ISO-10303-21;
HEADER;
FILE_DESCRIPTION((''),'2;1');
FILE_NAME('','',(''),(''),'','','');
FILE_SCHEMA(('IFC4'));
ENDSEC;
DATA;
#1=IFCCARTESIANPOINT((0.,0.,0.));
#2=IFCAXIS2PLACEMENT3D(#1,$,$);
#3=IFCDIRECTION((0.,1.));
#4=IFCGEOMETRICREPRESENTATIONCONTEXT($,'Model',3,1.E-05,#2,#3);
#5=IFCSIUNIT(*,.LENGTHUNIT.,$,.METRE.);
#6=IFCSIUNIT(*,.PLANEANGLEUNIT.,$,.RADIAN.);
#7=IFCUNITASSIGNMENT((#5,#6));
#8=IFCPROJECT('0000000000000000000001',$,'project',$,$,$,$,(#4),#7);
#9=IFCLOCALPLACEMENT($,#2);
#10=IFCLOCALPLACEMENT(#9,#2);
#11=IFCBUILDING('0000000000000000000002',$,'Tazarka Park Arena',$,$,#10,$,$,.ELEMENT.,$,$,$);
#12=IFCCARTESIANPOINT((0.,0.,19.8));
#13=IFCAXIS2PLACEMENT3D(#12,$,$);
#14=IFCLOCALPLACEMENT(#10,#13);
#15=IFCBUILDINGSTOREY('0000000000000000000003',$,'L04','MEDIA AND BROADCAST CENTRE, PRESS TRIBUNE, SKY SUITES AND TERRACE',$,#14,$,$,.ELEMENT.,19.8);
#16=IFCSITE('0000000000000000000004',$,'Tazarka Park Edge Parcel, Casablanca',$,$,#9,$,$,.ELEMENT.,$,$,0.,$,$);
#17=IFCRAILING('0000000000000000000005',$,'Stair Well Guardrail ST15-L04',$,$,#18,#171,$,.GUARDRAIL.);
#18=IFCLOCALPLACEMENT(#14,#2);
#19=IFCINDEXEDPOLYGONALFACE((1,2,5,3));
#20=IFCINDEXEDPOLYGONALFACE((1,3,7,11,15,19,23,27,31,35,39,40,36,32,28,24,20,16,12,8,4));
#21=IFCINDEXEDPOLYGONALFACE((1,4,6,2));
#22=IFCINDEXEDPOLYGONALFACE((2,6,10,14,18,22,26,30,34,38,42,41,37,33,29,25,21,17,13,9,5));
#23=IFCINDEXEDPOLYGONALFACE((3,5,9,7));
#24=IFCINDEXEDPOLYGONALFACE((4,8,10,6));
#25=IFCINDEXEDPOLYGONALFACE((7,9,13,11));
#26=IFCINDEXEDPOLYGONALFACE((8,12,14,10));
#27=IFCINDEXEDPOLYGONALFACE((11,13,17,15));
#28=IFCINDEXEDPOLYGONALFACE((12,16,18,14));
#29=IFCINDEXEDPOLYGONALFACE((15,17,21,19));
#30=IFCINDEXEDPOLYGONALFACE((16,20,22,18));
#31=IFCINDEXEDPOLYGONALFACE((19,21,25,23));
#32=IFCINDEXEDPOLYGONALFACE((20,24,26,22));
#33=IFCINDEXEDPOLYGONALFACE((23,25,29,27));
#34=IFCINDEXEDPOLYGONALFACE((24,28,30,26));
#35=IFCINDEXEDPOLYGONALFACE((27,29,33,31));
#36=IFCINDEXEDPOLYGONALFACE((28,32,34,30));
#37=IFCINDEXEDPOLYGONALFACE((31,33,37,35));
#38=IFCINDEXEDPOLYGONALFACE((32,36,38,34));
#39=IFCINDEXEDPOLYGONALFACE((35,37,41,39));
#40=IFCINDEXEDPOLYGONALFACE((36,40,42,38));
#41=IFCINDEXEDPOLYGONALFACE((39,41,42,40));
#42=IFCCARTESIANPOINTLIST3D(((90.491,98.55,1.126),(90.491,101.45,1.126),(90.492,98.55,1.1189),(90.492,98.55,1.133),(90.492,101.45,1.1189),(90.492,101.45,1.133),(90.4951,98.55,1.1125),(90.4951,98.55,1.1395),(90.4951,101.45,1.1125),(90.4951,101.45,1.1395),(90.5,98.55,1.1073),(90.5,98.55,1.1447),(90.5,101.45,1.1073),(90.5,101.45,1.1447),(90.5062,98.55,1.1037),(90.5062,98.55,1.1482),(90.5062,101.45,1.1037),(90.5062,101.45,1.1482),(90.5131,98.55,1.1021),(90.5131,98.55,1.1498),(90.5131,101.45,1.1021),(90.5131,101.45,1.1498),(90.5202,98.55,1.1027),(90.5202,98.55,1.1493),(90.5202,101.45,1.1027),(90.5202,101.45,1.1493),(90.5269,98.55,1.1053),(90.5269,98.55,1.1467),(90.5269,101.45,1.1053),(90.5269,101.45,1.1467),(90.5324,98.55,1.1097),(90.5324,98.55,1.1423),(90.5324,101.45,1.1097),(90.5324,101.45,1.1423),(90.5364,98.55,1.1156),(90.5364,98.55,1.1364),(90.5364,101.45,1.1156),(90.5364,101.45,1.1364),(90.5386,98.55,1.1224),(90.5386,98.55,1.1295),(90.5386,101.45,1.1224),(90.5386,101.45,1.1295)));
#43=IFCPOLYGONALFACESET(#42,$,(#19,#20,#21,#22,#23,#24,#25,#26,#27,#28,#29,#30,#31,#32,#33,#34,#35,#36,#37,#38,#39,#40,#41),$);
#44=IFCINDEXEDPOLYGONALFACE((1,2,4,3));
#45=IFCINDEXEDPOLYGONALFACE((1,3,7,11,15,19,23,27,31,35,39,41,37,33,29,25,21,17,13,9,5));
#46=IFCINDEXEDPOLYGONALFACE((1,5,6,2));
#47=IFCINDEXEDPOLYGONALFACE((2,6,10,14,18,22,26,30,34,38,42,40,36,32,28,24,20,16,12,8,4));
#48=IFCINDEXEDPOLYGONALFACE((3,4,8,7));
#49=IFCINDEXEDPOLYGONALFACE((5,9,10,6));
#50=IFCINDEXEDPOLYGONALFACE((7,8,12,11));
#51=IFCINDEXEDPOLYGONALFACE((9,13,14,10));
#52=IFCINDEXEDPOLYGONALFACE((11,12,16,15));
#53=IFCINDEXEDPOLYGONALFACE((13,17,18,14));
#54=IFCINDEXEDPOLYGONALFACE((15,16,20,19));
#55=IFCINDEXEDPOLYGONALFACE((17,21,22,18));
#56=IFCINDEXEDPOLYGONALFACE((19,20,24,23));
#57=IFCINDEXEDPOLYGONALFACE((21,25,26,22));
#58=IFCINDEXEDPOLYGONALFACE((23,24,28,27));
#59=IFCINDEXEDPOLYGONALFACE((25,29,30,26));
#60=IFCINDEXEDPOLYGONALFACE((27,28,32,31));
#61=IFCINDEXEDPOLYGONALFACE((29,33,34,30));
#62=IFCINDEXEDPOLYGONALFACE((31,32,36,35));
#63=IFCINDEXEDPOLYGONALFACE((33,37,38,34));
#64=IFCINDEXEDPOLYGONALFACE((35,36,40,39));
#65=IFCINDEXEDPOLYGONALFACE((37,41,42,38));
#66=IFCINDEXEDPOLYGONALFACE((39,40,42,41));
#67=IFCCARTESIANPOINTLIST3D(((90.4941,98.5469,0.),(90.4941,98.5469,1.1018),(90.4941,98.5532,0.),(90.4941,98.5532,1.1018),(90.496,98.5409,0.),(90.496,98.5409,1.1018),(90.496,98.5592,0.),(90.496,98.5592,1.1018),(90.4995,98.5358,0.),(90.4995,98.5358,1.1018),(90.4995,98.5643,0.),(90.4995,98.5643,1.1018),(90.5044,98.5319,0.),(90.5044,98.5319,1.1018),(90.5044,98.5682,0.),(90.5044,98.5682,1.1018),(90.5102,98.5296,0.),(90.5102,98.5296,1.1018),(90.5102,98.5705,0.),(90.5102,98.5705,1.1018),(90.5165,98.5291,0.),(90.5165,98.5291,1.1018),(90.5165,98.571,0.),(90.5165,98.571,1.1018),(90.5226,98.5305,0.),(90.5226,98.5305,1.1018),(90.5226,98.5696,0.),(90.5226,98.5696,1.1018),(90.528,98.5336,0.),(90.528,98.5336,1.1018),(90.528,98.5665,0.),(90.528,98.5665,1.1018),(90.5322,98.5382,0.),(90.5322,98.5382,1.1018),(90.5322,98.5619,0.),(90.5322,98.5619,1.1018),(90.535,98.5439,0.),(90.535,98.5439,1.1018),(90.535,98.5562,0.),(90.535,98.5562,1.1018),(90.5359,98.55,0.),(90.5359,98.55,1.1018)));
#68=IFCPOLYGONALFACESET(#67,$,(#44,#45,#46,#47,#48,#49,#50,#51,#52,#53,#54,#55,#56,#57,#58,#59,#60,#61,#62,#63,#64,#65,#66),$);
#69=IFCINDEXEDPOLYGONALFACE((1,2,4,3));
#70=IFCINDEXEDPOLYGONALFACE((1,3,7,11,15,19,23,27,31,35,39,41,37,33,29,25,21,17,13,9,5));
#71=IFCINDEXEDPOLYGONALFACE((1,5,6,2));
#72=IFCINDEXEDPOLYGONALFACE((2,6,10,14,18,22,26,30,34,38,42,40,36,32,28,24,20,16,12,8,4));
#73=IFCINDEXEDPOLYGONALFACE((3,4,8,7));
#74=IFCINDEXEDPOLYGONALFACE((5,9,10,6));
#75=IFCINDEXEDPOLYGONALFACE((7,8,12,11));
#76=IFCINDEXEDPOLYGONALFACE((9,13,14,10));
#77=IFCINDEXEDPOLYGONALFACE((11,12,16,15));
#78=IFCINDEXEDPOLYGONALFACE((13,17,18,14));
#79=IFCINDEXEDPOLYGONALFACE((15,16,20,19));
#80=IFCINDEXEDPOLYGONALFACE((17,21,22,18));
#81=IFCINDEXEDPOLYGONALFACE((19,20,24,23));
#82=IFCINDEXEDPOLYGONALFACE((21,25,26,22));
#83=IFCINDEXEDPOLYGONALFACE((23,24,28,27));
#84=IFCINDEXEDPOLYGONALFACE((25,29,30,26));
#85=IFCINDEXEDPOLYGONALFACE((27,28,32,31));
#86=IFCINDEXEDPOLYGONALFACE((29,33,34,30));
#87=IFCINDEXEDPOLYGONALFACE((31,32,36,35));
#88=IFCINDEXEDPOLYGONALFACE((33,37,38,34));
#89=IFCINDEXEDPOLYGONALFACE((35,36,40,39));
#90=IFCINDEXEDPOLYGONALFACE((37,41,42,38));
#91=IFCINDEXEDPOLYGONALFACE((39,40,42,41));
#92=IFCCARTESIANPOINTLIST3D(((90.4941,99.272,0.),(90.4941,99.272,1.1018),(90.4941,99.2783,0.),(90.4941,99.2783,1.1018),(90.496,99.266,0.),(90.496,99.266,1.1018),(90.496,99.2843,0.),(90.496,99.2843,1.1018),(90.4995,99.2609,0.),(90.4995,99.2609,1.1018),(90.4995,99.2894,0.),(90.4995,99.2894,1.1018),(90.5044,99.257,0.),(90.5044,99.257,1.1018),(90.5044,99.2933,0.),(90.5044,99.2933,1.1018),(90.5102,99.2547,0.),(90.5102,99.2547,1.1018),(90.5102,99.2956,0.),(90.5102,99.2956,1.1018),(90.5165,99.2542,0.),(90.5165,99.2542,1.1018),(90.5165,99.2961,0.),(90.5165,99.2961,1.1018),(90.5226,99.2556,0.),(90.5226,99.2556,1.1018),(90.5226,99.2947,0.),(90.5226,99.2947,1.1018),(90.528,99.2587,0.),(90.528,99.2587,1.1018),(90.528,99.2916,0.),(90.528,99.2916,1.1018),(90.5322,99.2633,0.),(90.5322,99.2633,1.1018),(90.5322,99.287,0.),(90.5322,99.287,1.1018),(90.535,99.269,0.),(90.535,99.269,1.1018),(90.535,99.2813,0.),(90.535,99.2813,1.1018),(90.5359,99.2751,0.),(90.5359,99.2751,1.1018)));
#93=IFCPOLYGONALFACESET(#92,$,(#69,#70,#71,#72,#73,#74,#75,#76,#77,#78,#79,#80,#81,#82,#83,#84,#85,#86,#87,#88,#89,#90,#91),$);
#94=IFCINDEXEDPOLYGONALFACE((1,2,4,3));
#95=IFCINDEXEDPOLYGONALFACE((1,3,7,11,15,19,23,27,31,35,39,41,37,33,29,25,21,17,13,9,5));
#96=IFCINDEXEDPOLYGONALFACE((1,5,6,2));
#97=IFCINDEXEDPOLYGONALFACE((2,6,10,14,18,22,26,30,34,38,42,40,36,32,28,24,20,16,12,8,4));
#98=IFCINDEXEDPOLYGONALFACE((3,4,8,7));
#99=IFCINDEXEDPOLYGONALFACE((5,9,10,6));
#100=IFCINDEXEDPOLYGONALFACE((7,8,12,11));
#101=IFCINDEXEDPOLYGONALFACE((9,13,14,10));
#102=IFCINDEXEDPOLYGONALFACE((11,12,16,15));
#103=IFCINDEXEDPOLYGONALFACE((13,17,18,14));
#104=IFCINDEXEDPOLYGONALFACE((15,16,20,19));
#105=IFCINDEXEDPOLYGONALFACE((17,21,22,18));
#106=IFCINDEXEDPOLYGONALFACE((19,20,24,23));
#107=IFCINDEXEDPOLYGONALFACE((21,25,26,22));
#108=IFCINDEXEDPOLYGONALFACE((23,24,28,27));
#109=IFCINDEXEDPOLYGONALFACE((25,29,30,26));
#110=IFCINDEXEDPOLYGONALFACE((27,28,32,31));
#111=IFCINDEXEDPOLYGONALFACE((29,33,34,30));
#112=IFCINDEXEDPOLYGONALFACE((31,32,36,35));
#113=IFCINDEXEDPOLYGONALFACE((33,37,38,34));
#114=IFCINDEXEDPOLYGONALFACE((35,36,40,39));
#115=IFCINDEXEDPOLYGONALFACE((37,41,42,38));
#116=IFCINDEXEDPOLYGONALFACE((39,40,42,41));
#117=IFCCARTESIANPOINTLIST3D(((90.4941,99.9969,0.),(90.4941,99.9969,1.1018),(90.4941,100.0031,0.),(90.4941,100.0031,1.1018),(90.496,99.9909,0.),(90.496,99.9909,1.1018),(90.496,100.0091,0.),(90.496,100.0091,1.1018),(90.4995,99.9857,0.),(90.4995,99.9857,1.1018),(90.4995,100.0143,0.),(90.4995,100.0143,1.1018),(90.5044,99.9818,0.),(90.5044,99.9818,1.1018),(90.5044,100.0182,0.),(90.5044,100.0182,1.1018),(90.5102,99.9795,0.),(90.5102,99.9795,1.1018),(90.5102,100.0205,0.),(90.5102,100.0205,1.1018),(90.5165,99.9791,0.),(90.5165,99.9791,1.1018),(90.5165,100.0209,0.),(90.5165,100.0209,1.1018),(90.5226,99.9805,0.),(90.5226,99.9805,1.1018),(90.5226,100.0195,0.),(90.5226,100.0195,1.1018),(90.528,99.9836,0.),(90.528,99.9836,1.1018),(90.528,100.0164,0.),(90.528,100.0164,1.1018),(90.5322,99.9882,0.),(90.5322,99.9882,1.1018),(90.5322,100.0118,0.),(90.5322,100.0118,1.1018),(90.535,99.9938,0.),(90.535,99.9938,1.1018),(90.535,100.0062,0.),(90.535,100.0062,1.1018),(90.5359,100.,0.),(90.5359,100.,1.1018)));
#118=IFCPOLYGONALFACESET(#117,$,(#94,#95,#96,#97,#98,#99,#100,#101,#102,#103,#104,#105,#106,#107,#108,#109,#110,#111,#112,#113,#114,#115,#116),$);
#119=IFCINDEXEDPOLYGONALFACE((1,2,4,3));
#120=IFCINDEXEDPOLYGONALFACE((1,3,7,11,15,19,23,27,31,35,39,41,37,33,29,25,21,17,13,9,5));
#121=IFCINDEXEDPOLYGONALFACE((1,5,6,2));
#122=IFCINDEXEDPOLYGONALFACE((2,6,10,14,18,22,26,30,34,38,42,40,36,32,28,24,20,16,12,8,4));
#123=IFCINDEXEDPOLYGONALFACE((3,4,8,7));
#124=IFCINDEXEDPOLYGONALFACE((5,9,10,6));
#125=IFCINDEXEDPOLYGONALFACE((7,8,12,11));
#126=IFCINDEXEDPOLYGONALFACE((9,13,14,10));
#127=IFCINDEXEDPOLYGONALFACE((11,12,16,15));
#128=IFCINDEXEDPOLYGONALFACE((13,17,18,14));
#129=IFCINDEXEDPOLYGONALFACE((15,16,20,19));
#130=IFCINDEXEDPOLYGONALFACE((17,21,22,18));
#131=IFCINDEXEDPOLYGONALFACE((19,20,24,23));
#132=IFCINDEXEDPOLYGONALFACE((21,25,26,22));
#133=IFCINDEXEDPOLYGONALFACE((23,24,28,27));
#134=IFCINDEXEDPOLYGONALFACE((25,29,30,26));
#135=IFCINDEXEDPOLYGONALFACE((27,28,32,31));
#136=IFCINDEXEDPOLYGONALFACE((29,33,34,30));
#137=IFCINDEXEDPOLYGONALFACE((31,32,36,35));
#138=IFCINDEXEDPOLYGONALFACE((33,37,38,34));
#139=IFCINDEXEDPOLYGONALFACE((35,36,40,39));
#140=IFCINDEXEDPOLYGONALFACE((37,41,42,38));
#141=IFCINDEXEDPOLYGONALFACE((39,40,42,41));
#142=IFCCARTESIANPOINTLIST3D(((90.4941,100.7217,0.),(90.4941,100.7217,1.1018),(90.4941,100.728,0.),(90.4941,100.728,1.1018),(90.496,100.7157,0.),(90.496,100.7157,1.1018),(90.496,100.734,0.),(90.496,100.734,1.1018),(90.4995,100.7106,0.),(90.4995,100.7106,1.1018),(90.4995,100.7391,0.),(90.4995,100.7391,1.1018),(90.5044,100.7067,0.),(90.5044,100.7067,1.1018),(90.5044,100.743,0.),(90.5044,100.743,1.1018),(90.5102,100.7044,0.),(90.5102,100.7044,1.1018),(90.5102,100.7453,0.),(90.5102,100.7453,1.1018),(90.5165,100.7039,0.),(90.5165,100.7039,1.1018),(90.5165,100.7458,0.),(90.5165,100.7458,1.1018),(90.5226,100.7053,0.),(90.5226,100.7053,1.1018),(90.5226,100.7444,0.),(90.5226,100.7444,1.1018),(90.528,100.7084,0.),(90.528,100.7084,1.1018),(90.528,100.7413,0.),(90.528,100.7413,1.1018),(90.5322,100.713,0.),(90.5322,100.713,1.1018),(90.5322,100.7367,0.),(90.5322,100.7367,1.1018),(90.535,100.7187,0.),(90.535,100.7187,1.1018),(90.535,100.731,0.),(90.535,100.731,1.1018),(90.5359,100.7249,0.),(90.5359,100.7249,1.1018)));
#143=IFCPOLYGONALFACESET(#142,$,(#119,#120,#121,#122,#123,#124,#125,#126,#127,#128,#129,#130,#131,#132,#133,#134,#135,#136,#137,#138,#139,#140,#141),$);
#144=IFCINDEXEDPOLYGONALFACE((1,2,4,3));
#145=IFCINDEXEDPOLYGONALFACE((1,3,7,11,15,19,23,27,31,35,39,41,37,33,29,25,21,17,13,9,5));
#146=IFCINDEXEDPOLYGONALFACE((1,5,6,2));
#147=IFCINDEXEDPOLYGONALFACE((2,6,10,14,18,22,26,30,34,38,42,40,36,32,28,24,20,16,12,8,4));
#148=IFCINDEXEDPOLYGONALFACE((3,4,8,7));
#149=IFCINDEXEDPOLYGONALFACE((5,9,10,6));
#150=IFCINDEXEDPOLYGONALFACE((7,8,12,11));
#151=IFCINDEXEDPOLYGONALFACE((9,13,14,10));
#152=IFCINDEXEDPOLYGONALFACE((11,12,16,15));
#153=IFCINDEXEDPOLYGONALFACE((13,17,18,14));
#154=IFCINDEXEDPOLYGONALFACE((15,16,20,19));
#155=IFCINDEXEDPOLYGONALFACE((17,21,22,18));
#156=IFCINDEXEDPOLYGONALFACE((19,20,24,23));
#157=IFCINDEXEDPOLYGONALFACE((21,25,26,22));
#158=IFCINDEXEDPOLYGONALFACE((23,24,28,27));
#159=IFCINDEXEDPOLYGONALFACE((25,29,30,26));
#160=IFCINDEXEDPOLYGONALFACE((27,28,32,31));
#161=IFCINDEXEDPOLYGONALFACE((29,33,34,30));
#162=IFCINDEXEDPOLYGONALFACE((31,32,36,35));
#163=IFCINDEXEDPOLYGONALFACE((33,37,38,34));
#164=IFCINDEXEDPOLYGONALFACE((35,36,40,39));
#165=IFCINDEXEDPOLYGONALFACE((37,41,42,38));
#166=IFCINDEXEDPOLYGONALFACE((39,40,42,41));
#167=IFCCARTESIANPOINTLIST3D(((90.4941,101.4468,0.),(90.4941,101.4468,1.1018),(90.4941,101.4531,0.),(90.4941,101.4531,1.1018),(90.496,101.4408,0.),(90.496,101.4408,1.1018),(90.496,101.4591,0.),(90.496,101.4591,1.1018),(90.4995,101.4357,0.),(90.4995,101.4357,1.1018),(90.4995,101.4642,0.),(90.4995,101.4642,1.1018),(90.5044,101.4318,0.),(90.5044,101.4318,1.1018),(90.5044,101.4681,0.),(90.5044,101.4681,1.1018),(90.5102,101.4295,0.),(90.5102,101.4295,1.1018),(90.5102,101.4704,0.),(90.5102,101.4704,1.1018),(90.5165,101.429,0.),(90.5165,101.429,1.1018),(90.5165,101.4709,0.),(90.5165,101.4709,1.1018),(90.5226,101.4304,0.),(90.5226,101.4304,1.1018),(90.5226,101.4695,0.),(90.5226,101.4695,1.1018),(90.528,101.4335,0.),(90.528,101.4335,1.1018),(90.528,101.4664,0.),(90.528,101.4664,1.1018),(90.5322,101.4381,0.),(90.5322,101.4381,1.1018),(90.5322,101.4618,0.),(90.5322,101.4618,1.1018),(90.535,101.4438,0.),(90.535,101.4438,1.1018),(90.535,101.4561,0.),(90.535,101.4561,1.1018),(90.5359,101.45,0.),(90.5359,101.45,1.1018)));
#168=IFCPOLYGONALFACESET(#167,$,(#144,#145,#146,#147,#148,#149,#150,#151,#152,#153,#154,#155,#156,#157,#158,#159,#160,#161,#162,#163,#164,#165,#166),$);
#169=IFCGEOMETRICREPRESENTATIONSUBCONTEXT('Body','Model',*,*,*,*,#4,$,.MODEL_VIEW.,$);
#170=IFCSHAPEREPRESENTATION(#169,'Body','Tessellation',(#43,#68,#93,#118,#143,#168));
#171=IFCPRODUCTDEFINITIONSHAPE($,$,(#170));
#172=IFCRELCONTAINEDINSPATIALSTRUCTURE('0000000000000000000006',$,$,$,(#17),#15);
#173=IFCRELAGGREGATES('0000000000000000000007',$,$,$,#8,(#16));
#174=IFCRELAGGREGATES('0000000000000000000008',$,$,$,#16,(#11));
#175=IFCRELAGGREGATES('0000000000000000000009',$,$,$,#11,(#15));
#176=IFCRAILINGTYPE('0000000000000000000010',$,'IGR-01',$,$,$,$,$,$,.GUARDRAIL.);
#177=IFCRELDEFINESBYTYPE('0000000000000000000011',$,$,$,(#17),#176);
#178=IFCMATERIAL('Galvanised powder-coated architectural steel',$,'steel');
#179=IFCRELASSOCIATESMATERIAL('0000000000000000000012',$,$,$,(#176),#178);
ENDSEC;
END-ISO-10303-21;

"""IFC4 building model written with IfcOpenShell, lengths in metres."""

from ifc_helpers import new_model, si_unit, direction, frame, origin, origin_2d, place, context, subcontext, project, spatial, circle, extrude, material, type_object, element, save


model = new_model("IFC4")

# Units and contexts
model_context = context("Model", 3, precision=1e-05, world=origin(), true_north=direction((0.0, 1.0)))
body_context = subcontext(model_context, "Body", "Model", "MODEL_VIEW")
ifc_project = project(units=[si_unit("LENGTHUNIT", "METRE"), si_unit("PLANEANGLEUNIT", "RADIAN")], contexts=[model_context])

# Site, building, storey
site_placement = place(None, origin())
site = spatial("IfcSite", under=ifc_project, at=site_placement, Name="Tazarka Park Edge Parcel, Casablanca", CompositionType="ELEMENT", RefElevation=0.0)
building_placement = place(site_placement, origin())
building = spatial("IfcBuilding", under=site, at=building_placement, Name="Tazarka Park Arena", CompositionType="ELEMENT")
storey_placement = place(building_placement, frame((0.0, 0.0, 19.8)))
storey = spatial("IfcBuildingStorey", under=building, at=storey_placement, Name="L04", Description="MEDIA AND BROADCAST CENTRE, PRESS TRIBUNE, SKY SUITES AND TERRACE", CompositionType="ELEMENT", Elevation=19.8)

# Railing
ifc_material_1 = material(Name="Galvanised powder-coated architectural steel", Category="steel")
railing_type_1 = type_object("IfcRailingType", Name="IGR-01", PredefinedType="GUARDRAIL", material=ifc_material_1)
for number, where, name in (
    (1, (90.5149, 98.55, 0.0), "Stair Well Guardrail ST15-L04"),
):
    element("IfcRailing", number, at=place(storey_placement, frame(where)), inside=storey, type_object=railing_type_1, Name=name, PredefinedType="GUARDRAIL", context=body_context, shape_type="SweptSolid", body=[
        extrude(circle(Radius=0.0239, at=origin_2d()), frame((0.0, 0.0, 1.126), z_axis=(0.0, 1.0, 0.0), x_axis=(-1.0, 0.0, 0.0)), (0.0, 0.0, 1.0), 2.8999),
        extrude(circle(Radius=0.021, at=origin_2d()), origin(), (0.0, 0.0, 1.0), 1.1018),
        extrude(circle(Radius=0.021, at=origin_2d()), frame((0.0, 0.7251, 0.0)), (0.0, 0.0, 1.0), 1.1018),
        extrude(circle(Radius=0.021, at=origin_2d()), frame((0.0, 1.45, 0.0)), (0.0, 0.0, 1.0), 1.1018),
        extrude(circle(Radius=0.021, at=origin_2d()), frame((0.0, 2.1748, 0.0)), (0.0, 0.0, 1.0), 1.1018),
        extrude(circle(Radius=0.021, at=origin_2d()), frame((0.0, 2.8999, 0.0)), (0.0, 0.0, 1.0), 1.1018),
    ])

save(model, "model.ifc")
